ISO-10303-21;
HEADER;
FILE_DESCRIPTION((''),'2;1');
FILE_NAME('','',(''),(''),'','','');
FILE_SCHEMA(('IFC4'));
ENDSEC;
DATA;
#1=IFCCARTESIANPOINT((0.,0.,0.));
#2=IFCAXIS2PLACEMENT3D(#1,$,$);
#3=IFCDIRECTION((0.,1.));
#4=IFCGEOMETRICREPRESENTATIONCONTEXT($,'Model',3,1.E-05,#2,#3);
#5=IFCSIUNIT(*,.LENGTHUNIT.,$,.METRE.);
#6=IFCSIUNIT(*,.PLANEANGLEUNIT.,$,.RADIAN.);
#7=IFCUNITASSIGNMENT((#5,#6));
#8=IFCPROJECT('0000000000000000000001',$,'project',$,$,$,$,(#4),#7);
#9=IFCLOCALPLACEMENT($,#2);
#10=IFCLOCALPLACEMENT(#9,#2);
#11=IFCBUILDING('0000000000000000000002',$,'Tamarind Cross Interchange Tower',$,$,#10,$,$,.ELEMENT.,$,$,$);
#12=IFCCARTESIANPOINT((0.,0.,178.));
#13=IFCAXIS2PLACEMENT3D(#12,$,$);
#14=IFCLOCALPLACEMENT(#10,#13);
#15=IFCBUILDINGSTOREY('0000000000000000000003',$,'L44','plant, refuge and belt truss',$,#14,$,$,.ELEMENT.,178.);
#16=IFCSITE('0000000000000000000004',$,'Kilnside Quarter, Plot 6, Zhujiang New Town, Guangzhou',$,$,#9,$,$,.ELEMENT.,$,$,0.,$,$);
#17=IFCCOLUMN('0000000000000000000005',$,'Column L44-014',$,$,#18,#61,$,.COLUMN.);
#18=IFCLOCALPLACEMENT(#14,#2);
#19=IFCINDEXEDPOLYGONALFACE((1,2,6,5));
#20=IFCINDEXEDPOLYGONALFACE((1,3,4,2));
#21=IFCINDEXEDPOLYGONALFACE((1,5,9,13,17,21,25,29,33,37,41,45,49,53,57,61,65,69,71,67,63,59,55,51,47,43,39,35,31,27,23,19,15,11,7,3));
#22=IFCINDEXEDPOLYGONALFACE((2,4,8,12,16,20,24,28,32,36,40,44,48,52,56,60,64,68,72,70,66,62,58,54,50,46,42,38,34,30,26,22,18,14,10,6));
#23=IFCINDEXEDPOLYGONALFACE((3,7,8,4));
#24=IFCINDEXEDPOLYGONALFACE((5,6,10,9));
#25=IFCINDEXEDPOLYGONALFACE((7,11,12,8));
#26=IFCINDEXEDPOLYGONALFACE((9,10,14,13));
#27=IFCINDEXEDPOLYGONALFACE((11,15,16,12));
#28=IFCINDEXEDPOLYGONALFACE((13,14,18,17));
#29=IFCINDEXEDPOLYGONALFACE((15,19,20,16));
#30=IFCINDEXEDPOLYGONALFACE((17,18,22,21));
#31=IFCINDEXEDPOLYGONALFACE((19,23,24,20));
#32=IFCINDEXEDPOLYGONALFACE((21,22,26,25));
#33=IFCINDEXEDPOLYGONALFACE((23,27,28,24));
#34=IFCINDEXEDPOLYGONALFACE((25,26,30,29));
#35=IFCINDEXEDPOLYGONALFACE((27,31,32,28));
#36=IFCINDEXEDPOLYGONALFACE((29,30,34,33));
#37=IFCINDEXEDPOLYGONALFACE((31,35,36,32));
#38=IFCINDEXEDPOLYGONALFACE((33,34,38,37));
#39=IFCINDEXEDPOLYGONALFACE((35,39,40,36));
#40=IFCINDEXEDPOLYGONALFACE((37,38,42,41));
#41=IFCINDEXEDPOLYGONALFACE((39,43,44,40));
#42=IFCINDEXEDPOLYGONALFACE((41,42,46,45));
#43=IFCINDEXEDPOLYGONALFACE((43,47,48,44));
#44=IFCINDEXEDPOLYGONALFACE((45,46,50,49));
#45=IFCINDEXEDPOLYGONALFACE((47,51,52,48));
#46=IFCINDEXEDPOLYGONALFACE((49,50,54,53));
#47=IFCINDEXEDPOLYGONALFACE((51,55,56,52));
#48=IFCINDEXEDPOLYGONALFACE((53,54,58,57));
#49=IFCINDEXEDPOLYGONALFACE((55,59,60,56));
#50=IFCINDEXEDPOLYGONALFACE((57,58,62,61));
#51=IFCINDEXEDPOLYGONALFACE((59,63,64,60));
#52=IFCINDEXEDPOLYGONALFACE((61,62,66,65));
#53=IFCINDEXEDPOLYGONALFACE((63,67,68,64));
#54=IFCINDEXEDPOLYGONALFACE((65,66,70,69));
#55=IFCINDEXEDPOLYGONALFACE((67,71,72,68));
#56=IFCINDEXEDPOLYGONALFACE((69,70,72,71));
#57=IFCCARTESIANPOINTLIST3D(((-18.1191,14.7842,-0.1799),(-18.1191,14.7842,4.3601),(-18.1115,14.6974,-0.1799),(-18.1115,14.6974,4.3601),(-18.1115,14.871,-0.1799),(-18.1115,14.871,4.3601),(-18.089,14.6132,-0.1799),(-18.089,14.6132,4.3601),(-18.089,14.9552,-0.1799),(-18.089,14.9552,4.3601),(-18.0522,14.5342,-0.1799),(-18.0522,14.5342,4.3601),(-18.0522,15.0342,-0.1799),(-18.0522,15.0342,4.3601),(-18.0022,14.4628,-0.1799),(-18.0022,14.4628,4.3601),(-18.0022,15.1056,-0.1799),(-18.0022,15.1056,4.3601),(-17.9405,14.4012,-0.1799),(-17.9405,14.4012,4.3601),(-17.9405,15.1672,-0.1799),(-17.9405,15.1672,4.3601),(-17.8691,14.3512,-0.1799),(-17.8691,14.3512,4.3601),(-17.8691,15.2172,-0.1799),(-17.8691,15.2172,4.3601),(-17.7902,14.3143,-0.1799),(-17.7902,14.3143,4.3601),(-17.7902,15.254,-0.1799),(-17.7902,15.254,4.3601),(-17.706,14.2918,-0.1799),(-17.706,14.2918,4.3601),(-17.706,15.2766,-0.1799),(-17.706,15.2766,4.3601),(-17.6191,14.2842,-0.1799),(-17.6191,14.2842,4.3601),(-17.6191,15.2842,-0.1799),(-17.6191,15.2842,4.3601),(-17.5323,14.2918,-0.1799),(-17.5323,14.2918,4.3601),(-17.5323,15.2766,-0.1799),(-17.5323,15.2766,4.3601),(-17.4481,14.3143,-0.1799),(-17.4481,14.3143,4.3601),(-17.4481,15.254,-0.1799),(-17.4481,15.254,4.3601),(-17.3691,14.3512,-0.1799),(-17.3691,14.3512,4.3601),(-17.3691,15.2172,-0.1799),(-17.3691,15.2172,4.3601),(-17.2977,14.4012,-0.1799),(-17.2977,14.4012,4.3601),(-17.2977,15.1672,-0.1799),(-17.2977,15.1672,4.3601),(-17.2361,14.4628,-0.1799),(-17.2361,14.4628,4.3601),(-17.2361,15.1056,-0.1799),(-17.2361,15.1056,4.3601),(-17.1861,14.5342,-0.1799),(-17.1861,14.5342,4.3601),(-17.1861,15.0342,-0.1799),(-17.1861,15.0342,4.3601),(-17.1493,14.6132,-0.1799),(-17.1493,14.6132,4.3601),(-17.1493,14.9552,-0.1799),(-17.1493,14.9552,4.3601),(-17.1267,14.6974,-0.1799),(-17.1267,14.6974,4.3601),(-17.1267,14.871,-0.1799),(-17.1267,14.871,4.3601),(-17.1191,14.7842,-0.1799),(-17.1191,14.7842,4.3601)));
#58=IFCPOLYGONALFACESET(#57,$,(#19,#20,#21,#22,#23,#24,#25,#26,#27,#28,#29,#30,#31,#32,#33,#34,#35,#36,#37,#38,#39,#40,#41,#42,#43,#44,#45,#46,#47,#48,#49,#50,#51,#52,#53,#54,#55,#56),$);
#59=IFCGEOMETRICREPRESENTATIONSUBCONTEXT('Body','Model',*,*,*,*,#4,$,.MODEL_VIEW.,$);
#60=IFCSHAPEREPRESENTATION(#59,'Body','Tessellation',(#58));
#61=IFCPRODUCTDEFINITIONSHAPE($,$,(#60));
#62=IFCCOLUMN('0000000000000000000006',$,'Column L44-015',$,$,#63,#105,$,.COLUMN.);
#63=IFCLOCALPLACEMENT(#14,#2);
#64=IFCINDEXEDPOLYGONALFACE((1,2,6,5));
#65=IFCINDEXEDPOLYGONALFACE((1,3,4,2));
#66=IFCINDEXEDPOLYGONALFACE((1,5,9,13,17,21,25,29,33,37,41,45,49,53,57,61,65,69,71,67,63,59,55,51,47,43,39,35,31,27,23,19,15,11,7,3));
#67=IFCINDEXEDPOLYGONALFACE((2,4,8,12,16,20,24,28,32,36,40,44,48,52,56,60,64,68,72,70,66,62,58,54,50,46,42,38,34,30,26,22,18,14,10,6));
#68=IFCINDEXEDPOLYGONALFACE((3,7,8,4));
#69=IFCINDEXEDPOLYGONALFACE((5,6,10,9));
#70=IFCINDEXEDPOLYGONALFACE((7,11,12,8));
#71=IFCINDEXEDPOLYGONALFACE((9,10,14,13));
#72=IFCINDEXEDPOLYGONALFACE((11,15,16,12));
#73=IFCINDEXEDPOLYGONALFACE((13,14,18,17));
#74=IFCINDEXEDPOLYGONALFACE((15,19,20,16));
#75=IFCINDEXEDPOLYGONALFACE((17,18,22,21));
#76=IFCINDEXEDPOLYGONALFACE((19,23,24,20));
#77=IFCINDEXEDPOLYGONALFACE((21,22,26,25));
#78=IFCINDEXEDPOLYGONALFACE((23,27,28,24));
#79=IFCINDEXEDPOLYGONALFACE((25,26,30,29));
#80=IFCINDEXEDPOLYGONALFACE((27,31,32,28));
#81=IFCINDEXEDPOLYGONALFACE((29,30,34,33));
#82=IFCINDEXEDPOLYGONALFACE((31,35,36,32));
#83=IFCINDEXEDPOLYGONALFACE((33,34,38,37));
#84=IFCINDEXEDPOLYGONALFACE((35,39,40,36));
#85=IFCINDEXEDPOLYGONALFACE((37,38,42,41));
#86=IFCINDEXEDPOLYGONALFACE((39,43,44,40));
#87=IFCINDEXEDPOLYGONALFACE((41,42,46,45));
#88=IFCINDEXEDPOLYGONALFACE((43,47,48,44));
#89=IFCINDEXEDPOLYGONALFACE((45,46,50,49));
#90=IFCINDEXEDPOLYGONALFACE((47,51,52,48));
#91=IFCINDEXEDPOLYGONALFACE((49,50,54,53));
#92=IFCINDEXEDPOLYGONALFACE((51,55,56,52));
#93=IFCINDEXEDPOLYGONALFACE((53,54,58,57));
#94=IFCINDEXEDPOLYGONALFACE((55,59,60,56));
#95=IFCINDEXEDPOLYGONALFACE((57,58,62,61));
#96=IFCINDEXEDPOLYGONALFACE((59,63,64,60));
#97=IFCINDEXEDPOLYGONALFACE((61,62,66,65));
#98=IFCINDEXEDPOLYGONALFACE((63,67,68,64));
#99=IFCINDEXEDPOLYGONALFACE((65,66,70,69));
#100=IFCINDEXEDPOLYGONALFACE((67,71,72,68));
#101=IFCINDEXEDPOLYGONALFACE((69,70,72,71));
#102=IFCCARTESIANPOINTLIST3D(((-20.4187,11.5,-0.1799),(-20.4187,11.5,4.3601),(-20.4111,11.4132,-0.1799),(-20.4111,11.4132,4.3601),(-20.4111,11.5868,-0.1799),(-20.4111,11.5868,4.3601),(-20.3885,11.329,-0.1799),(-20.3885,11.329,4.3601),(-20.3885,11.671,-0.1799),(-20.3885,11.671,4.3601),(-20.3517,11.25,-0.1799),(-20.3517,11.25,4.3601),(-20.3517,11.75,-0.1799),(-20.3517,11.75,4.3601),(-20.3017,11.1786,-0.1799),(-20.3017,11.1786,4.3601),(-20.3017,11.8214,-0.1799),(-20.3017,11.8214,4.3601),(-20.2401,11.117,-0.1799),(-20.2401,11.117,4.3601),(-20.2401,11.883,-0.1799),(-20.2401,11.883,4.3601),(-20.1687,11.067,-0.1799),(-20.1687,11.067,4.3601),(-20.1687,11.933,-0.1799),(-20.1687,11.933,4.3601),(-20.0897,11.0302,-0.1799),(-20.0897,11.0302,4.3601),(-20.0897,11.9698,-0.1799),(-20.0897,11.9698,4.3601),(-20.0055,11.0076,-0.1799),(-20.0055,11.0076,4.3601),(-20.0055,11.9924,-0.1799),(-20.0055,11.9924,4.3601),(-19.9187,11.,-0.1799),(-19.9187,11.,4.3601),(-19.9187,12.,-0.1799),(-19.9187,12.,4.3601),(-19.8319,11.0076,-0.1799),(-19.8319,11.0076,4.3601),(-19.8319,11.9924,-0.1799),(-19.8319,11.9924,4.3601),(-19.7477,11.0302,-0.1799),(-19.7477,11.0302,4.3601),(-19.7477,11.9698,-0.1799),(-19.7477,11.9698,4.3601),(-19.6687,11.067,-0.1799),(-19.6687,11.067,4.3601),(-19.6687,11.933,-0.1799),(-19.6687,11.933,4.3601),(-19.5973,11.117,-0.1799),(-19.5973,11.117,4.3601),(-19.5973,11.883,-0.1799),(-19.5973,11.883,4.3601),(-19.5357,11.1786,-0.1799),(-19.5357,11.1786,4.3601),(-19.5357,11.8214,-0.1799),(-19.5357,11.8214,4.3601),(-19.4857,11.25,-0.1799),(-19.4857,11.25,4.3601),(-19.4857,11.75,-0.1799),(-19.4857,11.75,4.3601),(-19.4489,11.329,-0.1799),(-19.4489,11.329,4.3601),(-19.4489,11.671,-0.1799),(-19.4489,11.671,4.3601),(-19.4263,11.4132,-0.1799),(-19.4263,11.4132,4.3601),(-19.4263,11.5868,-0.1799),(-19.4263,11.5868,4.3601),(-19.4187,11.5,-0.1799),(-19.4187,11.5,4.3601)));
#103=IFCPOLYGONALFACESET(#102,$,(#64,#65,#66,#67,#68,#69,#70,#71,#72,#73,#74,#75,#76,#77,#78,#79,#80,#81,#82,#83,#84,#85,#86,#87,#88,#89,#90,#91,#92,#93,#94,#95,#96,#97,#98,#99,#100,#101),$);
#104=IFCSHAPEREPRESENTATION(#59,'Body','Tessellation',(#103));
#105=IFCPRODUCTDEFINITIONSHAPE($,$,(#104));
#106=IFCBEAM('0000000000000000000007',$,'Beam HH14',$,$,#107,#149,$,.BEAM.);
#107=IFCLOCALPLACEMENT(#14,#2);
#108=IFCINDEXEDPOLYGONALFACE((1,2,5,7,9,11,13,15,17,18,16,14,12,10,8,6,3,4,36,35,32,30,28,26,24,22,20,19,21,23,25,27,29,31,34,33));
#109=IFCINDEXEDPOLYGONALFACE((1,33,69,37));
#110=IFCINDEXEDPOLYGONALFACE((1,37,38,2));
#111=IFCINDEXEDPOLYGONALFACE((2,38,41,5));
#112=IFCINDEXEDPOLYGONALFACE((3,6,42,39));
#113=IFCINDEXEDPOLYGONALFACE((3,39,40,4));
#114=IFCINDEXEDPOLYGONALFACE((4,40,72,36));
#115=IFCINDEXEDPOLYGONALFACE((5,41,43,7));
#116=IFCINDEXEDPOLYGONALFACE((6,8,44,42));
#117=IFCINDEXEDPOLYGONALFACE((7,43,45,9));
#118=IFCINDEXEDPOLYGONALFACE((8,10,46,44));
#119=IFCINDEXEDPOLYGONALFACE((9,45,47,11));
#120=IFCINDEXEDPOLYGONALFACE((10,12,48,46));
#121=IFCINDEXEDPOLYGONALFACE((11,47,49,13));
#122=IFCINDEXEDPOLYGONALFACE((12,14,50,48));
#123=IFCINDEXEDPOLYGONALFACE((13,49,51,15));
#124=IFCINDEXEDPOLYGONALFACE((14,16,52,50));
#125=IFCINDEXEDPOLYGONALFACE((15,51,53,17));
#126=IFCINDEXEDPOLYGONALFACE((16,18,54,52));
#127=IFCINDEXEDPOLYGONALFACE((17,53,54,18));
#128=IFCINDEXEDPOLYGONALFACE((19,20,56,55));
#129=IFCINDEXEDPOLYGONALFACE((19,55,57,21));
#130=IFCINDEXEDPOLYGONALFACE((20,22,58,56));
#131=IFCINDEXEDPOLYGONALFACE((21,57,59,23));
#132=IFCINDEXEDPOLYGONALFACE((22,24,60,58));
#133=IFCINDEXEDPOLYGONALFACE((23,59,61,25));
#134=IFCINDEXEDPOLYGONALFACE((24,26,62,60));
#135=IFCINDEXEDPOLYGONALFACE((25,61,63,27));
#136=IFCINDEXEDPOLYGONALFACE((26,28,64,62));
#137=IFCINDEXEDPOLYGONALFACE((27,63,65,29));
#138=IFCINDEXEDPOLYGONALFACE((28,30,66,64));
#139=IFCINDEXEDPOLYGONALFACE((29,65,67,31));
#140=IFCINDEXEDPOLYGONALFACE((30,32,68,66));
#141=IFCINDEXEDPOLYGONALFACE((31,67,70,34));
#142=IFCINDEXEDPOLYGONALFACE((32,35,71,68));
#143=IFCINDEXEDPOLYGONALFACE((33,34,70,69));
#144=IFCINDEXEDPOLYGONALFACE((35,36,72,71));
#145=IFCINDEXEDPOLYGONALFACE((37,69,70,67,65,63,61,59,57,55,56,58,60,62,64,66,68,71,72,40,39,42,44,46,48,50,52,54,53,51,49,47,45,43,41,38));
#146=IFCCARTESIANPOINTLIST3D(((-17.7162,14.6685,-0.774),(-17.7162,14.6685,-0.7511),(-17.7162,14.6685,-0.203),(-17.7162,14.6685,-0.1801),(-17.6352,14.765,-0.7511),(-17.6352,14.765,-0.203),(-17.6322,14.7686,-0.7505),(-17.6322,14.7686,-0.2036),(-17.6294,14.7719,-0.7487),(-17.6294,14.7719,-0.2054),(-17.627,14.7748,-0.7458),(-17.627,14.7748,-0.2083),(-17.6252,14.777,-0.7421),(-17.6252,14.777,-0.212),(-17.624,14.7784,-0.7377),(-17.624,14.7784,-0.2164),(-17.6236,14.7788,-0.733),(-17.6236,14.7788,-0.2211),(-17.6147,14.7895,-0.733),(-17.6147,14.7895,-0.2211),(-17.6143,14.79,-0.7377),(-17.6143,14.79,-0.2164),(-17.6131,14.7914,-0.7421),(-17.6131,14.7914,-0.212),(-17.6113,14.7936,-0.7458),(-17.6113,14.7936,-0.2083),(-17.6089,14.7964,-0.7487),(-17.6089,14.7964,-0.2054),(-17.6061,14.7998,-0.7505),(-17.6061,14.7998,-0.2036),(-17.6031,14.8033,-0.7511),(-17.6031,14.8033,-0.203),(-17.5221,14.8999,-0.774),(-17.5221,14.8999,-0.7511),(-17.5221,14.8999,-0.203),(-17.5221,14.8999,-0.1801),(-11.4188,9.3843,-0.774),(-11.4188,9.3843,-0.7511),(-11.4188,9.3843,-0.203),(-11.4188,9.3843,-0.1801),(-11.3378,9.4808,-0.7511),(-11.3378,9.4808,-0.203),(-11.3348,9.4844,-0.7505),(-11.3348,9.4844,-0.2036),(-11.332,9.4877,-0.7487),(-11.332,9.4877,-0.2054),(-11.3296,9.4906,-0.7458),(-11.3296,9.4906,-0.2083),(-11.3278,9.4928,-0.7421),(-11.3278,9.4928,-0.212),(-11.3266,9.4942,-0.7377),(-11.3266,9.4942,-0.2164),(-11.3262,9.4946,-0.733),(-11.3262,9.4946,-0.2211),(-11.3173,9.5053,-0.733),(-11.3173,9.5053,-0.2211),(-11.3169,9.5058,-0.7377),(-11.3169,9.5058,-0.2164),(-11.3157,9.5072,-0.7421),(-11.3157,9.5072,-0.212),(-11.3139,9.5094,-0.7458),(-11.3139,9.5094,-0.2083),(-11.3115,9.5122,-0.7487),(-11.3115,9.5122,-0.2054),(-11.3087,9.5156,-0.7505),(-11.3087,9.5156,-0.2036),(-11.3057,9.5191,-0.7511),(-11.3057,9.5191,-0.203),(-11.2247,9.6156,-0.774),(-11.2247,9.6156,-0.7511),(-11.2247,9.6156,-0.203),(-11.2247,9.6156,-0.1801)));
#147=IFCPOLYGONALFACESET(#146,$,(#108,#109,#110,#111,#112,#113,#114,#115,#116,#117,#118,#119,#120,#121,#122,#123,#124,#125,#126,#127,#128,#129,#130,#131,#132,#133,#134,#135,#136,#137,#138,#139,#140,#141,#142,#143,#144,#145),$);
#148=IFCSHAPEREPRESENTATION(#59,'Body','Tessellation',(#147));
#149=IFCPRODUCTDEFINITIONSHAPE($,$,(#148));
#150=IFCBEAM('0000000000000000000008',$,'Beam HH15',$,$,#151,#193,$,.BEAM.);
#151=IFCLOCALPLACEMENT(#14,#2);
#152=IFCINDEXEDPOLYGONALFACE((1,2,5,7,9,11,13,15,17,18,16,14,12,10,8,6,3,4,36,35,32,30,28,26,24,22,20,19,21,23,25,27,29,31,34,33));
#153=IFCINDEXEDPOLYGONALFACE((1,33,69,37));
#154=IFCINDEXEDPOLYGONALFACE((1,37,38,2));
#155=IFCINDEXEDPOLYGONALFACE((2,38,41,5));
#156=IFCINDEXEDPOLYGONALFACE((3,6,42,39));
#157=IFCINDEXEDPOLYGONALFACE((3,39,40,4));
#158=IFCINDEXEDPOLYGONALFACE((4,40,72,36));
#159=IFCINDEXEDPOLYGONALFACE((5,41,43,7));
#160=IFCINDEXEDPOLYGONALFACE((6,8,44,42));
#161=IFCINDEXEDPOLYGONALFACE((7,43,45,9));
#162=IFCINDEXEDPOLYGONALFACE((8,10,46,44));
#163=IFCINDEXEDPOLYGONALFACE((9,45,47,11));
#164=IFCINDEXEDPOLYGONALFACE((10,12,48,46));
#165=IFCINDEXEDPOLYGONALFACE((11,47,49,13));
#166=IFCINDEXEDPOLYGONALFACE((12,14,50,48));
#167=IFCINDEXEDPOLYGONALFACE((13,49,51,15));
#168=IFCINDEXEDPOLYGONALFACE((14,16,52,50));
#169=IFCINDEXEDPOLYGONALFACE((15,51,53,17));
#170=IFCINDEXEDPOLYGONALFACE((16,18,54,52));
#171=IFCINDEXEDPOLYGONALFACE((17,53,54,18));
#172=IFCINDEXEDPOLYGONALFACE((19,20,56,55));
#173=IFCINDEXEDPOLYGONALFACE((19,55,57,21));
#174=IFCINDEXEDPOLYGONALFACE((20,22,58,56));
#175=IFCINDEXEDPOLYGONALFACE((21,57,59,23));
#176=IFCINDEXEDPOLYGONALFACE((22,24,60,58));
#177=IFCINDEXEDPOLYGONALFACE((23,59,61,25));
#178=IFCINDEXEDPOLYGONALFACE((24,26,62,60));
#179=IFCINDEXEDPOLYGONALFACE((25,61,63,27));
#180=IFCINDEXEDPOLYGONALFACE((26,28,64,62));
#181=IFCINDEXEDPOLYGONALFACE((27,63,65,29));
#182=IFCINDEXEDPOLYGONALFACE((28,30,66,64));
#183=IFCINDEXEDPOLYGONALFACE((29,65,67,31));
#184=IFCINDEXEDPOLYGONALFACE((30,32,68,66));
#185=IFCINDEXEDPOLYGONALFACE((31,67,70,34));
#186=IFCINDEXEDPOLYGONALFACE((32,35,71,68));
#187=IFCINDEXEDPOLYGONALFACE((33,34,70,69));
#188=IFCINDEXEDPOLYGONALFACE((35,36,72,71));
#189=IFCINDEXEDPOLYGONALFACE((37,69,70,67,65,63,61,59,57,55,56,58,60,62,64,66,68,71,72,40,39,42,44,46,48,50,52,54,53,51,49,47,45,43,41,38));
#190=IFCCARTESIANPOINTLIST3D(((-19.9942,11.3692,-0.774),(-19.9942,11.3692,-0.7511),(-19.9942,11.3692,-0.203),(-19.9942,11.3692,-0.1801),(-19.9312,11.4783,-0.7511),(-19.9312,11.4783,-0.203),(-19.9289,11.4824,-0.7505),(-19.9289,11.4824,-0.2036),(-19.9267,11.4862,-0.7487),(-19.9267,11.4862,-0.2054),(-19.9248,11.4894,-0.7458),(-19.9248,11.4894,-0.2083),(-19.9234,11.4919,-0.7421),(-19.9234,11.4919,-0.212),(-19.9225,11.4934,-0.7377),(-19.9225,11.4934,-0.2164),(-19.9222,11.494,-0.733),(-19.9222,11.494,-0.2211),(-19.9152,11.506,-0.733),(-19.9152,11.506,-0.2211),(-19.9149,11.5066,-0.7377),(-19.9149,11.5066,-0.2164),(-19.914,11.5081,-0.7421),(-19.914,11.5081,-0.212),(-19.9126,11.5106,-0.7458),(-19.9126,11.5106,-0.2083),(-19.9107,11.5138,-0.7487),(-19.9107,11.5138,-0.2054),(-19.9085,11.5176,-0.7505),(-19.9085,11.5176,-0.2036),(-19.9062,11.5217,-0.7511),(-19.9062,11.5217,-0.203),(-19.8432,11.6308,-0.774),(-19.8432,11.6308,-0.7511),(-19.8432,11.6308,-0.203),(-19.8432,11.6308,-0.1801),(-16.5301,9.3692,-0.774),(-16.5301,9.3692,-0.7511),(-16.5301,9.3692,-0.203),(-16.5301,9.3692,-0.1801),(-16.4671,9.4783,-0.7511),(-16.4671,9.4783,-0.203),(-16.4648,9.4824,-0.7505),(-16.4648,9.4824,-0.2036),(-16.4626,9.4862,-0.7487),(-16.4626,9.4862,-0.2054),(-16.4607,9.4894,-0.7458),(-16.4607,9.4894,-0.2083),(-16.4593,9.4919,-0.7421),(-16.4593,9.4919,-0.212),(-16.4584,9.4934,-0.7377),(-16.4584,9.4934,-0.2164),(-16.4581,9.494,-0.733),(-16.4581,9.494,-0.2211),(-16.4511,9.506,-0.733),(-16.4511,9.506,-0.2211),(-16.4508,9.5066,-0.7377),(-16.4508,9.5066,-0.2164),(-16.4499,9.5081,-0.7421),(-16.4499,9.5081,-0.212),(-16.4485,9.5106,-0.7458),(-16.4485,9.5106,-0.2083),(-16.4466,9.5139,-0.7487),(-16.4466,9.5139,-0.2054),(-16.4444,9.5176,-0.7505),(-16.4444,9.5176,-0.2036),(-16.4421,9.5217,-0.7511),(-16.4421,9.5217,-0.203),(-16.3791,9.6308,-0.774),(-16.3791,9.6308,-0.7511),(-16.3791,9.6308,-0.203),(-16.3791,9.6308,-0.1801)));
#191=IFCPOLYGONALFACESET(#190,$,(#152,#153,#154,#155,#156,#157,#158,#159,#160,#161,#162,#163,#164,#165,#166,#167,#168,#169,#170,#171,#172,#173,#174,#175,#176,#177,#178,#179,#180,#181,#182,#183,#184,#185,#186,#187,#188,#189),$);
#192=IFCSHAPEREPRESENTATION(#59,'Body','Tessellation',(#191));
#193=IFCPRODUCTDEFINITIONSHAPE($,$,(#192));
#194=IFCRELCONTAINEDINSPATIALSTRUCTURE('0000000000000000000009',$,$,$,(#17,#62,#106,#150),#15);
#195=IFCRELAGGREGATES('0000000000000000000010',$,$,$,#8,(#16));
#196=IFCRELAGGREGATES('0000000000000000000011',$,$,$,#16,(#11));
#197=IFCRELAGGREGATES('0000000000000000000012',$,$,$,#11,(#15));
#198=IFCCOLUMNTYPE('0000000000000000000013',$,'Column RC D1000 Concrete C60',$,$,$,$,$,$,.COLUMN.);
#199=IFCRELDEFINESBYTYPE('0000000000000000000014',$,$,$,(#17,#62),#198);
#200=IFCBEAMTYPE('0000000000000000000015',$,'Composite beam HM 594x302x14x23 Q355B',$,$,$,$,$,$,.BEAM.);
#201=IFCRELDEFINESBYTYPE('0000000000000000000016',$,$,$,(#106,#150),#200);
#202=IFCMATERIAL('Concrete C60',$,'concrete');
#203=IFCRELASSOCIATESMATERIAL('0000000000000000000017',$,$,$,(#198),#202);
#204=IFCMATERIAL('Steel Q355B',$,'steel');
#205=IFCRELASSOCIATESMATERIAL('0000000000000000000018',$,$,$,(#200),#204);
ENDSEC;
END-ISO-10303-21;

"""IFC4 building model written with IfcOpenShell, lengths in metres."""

from ifc_helpers import new_model, si_unit, direction, frame, origin, origin_2d, place, context, subcontext, project, spatial, circle, i_section, extrude, material, material_profile, profile_set, type_object, element, save


model = new_model("IFC4")

# Units and contexts
model_context = context("Model", 3, precision=1e-05, world=origin(), true_north=direction((0.0, 1.0)))
body_context = subcontext(model_context, "Body", "Model", "MODEL_VIEW")
ifc_project = project(units=[si_unit("LENGTHUNIT", "METRE"), si_unit("PLANEANGLEUNIT", "RADIAN")], contexts=[model_context])

# Site, building, storey
site_placement = place(None, origin())
site = spatial("IfcSite", under=ifc_project, at=site_placement, Name="Kilnside Quarter, Plot 6, Zhujiang New Town, Guangzhou", CompositionType="ELEMENT", RefElevation=0.0)
building_placement = place(site_placement, origin())
building = spatial("IfcBuilding", under=site, at=building_placement, Name="Tamarind Cross Interchange Tower", CompositionType="ELEMENT")
storey_placement = place(building_placement, frame((0.0, 0.0, 178.0)))
storey = spatial("IfcBuildingStorey", under=building, at=storey_placement, Name="L44", Description="plant, refuge and belt truss", CompositionType="ELEMENT", Elevation=178.0)

# Columns
ifc_material_1 = material(Name="Concrete C60", Category="concrete")
ifc_material_profile_1 = material_profile(ifc_material_1, circle(Radius=0.5, at=origin_2d()), Name="RC D1000")
ifc_profile_set_1 = profile_set([ifc_material_profile_1], Name="Concrete C60")
column_type = type_object("IfcColumnType", Name="Column RC D1000 Concrete C60", PredefinedType="COLUMN", material=ifc_profile_set_1)
for number, where, z_axis, x_axis, name in (
    (1, (-17.6191, 14.7842, -0.1799), (0.0, 0.0, 1.0), (1.0, 0.0, 0.0), "Column L44-014"),
    (2, (-19.9187, 11.5, -0.1799), (0.0, 0.0, 1.0), (1.0, 0.0, 0.0), "Column L44-015"),
):
    element("IfcColumn", number, at=place(storey_placement, frame(where, z_axis=z_axis, x_axis=x_axis)), inside=storey, type_object=column_type, Name=name, PredefinedType="COLUMN", context=body_context, shape_type="SweptSolid", body=[
        extrude(circle(Radius=0.5, at=origin_2d()), origin(), (0.0, 0.0, 1.0), 4.54),
    ])

# Beams
ifc_material_2 = material(Name="Steel Q355B", Category="steel")
ifc_material_profile_2 = material_profile(ifc_material_2, i_section(OverallWidth=0.302, OverallDepth=0.594, WebThickness=0.0139, FlangeThickness=0.0229, FilletRadius=0.0181, at=origin_2d()), Name="HM 594x302x14x23")
ifc_profile_set_2 = profile_set([ifc_material_profile_2], Name="Steel Q355B")
beam_type = type_object("IfcBeamType", Name="Composite beam HM 594x302x14x23 Q355B", PredefinedType="BEAM", material=ifc_profile_set_2)
beam_1_placement = place(storey_placement, frame((-17.6191, 14.7842, -0.4771), z_axis=(0.766041, -0.642792, 0.0), x_axis=(0.642792, 0.766041, 0.0)))
element("IfcBeam", 3, at=beam_1_placement, inside=storey, type_object=beam_type, Name="Beam HH14", PredefinedType="BEAM", context=body_context, shape_type="SweptSolid", body=[
    extrude(i_section(OverallWidth=0.302, OverallDepth=0.594, WebThickness=0.0139, FlangeThickness=0.0229, FilletRadius=0.0181, at=origin_2d()), origin(), (0.0, 0.0, 1.0), 8.2207),
])
beam_2_placement = place(storey_placement, frame((-19.9187, 11.5, -0.4771), z_axis=(0.866026, -0.499999, 0.0), x_axis=(0.499999, 0.866026, 0.0)))
element("IfcBeam", 4, at=beam_2_placement, inside=storey, type_object=beam_type, Name="Beam HH15", PredefinedType="BEAM", context=body_context, shape_type="SweptSolid", body=[
    extrude(i_section(OverallWidth=0.302, OverallDepth=0.594, WebThickness=0.0139, FlangeThickness=0.0229, FilletRadius=0.0181, at=origin_2d()), origin(), (0.0, 0.0, 1.0), 4.0),
])

save(model, "model.ifc")
